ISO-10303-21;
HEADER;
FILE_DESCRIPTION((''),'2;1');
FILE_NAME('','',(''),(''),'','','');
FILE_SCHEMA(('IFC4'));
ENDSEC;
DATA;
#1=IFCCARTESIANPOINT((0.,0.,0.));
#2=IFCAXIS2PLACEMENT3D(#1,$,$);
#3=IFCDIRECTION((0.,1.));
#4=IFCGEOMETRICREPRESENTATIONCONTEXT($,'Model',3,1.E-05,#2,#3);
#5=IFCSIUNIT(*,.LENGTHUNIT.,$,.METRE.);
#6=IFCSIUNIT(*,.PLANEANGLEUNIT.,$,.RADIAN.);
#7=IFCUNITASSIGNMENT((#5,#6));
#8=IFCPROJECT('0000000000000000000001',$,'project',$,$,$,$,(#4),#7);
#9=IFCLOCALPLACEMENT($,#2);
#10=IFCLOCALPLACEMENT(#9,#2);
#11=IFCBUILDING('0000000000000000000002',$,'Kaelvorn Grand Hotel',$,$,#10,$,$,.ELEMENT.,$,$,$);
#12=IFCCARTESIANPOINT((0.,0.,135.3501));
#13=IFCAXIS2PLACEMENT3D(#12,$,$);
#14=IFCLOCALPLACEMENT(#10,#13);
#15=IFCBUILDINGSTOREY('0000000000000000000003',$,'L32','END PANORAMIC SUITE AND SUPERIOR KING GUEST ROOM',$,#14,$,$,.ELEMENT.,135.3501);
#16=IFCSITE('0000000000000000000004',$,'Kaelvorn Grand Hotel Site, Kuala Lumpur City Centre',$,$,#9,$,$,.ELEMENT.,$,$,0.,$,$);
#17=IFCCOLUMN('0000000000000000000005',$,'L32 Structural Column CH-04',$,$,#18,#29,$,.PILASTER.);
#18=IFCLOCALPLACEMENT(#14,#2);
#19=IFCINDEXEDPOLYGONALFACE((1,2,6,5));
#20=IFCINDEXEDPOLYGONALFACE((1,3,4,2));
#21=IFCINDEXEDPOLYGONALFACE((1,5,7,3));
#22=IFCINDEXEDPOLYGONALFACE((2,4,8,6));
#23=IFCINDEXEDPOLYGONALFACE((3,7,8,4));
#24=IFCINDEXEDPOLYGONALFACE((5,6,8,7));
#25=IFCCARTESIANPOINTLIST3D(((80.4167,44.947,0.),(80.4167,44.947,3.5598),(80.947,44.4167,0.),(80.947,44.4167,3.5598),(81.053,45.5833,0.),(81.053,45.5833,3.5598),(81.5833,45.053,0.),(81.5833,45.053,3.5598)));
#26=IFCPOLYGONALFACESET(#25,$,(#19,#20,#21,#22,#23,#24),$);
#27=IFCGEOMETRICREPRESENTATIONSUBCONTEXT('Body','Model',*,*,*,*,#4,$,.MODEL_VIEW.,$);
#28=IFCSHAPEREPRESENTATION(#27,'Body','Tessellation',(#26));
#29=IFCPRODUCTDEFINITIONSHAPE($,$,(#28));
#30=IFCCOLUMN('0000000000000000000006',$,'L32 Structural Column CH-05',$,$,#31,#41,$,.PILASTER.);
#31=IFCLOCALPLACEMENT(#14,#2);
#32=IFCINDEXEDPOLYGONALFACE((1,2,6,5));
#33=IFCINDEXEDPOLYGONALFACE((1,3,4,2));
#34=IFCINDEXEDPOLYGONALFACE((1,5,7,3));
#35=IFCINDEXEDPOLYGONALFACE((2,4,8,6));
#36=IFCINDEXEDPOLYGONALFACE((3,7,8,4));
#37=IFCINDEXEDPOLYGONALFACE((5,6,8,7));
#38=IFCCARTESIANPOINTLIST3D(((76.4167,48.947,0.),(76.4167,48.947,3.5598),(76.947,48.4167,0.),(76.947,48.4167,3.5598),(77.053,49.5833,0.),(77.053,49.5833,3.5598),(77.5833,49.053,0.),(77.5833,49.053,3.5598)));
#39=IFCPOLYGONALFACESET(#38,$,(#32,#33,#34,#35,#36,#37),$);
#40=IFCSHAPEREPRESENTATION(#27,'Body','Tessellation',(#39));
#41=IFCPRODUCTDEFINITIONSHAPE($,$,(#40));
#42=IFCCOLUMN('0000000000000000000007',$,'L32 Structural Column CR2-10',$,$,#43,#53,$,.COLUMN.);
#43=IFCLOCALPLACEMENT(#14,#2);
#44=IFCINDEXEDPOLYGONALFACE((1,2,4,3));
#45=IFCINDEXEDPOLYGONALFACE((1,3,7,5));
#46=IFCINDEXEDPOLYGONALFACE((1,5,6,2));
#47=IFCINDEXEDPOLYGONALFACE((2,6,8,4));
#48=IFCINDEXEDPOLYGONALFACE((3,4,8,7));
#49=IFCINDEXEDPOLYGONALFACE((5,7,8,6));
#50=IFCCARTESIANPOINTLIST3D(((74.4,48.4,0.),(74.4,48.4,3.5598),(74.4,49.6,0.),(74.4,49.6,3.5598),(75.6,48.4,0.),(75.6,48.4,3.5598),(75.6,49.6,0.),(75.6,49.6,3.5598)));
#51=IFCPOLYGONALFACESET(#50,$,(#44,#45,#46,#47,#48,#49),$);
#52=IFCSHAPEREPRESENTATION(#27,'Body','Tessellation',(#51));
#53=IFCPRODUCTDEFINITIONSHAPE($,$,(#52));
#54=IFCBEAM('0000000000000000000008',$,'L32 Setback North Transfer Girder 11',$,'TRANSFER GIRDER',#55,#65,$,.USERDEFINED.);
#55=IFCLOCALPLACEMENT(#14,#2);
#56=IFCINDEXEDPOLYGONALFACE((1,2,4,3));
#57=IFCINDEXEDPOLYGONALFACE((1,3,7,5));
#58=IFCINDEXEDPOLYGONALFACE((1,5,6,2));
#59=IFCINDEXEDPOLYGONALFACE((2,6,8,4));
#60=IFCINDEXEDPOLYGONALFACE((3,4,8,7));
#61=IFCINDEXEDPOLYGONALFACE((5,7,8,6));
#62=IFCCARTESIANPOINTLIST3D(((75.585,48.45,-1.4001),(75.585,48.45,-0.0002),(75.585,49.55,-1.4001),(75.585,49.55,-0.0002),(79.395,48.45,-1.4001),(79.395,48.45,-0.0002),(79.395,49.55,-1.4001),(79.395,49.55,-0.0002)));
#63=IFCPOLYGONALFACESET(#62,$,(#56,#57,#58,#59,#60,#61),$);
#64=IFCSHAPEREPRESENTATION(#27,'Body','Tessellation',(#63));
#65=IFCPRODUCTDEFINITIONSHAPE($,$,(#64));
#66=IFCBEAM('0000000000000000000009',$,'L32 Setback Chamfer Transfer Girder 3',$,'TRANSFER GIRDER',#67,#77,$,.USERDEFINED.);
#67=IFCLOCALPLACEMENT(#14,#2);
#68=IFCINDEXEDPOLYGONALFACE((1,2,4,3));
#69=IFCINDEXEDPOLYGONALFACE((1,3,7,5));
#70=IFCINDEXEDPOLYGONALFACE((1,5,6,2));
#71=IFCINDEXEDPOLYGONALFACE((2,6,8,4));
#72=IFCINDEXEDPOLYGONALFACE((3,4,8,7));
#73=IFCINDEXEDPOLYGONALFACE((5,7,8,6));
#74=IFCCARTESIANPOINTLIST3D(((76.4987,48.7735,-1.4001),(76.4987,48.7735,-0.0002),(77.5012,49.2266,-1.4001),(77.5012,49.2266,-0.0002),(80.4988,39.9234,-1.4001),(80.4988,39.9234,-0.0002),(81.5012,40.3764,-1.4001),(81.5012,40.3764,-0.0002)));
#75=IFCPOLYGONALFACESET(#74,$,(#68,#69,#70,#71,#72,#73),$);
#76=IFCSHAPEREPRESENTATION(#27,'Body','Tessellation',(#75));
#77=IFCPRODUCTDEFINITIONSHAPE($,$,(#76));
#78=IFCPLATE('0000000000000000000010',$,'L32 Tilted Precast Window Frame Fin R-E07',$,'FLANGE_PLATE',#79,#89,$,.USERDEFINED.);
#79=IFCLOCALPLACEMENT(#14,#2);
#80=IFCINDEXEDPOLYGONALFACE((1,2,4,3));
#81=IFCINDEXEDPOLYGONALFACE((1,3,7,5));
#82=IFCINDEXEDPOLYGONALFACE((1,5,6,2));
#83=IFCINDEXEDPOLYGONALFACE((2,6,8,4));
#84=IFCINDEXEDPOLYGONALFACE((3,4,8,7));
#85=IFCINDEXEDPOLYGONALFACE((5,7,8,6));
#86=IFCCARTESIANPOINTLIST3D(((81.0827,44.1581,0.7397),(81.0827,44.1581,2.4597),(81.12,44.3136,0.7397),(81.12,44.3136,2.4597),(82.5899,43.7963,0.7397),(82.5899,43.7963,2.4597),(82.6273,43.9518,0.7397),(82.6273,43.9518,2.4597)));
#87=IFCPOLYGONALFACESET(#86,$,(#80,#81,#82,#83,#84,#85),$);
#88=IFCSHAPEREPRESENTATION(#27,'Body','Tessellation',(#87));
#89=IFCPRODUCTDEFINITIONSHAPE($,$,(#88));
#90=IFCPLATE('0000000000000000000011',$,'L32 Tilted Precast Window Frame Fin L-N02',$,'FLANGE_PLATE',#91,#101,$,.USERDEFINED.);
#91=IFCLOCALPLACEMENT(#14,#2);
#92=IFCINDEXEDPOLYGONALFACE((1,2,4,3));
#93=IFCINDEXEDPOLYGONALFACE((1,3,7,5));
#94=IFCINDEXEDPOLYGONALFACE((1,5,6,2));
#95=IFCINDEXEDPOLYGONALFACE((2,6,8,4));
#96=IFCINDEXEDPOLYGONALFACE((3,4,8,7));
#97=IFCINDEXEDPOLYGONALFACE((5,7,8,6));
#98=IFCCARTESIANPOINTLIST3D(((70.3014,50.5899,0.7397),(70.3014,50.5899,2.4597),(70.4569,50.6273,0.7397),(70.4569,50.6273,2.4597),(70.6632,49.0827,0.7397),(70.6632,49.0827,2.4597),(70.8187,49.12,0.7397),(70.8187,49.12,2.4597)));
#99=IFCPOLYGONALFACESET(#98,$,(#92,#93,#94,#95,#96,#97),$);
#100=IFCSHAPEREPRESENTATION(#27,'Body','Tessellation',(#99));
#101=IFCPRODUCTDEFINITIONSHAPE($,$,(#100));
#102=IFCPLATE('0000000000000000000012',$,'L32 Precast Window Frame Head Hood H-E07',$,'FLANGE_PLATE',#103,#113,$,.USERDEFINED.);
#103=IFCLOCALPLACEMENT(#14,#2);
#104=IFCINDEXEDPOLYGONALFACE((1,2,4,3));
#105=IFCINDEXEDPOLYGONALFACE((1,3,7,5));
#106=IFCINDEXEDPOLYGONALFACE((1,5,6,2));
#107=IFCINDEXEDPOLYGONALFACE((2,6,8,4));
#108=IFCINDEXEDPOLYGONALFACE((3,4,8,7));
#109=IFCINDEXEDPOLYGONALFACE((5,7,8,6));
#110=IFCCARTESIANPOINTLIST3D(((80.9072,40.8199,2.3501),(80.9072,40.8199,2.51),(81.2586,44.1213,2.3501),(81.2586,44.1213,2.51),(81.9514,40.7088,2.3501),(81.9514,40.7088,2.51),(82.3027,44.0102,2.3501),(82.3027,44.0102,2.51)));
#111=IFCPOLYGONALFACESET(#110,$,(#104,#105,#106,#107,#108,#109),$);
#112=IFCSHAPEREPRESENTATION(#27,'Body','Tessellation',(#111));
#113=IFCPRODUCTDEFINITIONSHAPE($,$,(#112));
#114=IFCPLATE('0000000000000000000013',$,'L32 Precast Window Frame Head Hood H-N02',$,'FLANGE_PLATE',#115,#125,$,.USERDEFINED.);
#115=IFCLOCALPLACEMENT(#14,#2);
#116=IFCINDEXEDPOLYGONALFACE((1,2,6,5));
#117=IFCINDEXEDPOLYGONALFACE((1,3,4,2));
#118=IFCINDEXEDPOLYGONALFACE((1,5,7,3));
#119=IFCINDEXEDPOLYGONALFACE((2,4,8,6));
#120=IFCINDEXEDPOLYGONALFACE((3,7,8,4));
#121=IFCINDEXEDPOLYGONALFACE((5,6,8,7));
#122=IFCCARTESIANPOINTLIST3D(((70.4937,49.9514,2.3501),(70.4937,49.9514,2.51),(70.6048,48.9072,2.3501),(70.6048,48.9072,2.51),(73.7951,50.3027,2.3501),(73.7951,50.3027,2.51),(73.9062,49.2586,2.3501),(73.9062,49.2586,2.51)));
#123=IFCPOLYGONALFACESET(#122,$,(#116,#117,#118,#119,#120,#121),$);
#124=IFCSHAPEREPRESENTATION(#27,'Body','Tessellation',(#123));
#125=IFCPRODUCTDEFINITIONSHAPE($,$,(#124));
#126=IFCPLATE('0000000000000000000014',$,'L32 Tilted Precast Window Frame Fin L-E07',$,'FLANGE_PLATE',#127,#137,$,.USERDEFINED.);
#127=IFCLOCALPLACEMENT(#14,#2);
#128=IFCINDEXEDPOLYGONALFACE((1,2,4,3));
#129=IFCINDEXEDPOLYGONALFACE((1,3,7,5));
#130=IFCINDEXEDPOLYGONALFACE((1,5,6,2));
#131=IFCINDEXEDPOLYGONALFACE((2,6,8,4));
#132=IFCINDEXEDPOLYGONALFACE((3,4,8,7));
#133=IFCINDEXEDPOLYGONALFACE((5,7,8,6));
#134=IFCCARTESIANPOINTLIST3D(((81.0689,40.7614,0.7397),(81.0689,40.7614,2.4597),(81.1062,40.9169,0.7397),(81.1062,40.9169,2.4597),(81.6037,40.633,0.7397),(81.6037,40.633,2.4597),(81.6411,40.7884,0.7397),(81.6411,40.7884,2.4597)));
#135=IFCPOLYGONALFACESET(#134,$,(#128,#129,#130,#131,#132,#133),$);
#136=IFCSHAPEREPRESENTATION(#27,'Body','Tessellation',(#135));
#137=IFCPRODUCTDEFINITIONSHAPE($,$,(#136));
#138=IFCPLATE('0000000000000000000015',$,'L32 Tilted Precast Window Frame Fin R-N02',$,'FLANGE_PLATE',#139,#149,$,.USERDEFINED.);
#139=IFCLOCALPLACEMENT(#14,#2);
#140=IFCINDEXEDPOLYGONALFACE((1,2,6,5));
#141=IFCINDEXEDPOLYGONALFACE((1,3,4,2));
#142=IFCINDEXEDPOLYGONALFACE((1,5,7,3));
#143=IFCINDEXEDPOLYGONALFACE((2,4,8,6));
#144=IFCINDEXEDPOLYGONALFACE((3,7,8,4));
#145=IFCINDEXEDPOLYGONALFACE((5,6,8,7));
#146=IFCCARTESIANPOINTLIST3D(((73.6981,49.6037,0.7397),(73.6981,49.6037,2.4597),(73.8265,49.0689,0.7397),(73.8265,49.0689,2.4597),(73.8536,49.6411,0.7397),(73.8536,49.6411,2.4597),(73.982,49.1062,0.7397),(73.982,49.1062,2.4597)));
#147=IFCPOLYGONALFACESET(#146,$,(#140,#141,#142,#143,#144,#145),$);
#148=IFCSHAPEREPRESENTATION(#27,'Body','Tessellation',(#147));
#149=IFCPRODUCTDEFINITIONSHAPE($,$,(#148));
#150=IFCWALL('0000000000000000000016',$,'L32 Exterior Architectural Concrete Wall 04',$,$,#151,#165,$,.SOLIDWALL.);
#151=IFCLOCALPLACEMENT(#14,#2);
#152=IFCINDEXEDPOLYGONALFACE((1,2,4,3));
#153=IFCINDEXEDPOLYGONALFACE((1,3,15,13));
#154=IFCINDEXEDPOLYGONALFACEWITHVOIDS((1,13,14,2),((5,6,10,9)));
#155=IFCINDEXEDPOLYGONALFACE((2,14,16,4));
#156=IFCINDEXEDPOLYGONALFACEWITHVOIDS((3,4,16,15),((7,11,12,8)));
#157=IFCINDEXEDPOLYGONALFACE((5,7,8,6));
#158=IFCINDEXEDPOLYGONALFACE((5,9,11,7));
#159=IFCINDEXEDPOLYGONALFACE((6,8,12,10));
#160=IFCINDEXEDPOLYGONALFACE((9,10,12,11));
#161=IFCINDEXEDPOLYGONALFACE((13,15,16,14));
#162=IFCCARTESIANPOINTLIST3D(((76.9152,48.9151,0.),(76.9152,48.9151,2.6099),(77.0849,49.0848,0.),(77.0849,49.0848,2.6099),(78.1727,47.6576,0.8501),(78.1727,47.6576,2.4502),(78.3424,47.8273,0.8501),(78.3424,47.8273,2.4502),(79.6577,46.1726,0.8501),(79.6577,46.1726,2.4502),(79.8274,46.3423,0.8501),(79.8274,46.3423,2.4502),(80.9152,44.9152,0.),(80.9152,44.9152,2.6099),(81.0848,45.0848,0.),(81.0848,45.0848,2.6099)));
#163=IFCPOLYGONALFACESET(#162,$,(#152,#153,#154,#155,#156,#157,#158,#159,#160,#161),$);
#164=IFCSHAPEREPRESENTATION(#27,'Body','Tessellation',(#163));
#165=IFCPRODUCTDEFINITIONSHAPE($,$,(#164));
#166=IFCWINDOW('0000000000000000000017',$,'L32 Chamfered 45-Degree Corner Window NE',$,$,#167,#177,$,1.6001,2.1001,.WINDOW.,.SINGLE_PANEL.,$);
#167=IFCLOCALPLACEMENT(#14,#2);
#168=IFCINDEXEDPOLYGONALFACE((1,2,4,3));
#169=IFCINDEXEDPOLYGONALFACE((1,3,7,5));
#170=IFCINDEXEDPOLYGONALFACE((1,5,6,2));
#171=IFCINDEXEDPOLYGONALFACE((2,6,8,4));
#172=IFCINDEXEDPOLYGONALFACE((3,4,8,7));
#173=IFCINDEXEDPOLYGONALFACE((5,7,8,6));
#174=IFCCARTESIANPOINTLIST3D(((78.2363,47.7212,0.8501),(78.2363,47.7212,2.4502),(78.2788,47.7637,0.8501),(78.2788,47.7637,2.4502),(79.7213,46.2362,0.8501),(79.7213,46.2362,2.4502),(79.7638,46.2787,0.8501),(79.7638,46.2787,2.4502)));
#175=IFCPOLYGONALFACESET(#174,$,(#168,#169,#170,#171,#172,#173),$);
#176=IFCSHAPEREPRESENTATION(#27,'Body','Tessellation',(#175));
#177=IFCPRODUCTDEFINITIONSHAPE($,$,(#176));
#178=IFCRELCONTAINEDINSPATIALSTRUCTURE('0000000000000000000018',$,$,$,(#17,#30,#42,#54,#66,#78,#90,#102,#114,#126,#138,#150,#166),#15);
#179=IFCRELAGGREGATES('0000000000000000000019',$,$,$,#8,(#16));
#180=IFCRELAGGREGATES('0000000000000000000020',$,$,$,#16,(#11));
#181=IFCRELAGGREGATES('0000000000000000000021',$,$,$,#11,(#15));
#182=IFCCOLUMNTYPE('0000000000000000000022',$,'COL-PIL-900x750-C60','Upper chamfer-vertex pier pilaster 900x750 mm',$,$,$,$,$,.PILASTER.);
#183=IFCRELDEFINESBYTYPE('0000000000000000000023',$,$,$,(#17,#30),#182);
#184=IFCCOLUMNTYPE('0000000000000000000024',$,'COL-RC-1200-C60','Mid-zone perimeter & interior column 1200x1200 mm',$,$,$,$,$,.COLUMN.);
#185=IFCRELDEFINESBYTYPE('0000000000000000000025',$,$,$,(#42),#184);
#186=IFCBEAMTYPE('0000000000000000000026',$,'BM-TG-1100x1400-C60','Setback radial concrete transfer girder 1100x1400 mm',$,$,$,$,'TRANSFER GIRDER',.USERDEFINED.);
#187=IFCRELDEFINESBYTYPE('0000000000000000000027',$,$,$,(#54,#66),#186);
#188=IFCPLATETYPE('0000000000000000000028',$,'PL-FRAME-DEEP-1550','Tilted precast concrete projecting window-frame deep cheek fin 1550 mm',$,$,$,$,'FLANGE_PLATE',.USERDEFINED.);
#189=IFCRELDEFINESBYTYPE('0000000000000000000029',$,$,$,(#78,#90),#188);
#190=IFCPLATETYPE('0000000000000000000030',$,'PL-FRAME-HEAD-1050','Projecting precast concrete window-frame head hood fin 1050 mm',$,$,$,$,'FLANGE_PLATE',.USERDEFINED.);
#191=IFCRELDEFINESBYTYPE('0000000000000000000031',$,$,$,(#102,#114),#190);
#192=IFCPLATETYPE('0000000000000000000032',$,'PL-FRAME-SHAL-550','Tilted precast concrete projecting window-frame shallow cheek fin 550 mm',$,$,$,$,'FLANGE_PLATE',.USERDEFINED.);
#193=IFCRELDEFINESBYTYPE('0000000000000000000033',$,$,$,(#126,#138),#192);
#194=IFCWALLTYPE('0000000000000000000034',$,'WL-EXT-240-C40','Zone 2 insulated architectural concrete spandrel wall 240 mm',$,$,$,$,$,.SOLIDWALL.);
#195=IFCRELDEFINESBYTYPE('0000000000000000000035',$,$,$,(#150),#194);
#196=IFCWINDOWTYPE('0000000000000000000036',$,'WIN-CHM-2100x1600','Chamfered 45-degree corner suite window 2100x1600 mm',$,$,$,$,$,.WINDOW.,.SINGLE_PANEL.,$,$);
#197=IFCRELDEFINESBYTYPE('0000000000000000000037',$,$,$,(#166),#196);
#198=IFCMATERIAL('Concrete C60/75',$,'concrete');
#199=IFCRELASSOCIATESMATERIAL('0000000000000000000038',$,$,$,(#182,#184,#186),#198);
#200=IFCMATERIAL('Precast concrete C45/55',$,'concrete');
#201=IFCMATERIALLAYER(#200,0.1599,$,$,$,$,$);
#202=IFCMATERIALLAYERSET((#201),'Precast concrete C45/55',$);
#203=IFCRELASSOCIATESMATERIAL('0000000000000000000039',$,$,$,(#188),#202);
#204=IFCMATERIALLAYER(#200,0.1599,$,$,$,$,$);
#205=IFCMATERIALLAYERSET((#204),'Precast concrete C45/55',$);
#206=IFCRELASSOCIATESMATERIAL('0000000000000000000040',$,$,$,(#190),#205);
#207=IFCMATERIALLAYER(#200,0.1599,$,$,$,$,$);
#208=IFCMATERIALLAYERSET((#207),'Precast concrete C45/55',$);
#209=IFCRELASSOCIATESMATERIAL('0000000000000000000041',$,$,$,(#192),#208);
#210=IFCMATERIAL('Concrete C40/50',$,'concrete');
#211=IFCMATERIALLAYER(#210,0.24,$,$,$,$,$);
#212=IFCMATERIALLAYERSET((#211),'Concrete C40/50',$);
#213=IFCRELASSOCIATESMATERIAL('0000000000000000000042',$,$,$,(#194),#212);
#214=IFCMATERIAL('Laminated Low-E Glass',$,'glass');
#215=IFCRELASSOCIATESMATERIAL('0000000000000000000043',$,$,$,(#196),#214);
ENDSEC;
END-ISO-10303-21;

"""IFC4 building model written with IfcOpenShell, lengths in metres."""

from ifc_helpers import new_model, si_unit, direction, frame, frame_2d, origin, origin_2d, place, context, subcontext, project, spatial, rectangle, extrude, material, layer, layer_set, material_profile, profile_set, type_object, element, fill, save


model = new_model("IFC4")

# Units and contexts
model_context = context("Model", 3, precision=1e-05, world=origin(), true_north=direction((0.0, 1.0)))
body_context = subcontext(model_context, "Body", "Model", "MODEL_VIEW")
ifc_project = project(units=[si_unit("LENGTHUNIT", "METRE"), si_unit("PLANEANGLEUNIT", "RADIAN")], contexts=[model_context])

# Site, building, storey
site_placement = place(None, origin())
site = spatial("IfcSite", under=ifc_project, at=site_placement, Name="Kaelvorn Grand Hotel Site, Kuala Lumpur City Centre", CompositionType="ELEMENT", RefElevation=0.0)
building_placement = place(site_placement, origin())
building = spatial("IfcBuilding", under=site, at=building_placement, Name="Kaelvorn Grand Hotel", CompositionType="ELEMENT")
storey_placement = place(building_placement, frame((0.0, 0.0, 135.3501)))
storey = spatial("IfcBuildingStorey", under=building, at=storey_placement, Name="L32", Description="END PANORAMIC SUITE AND SUPERIOR KING GUEST ROOM", CompositionType="ELEMENT", Elevation=135.3501)

# Columns
ifc_material_1 = material(Name="Concrete C60/75", Category="concrete")
ifc_material_profile_1 = material_profile(ifc_material_1, rectangle(XDim=0.8999, YDim=0.75, at=origin_2d()), Name="RC PILASTER 900x750")
ifc_profile_set_1 = profile_set([ifc_material_profile_1], Name="Concrete C60/75")
column_type_1 = type_object("IfcColumnType", Name="COL-PIL-900x750-C60", Description="Upper chamfer-vertex pier pilaster 900x750 mm", PredefinedType="PILASTER", material=ifc_profile_set_1)
for number, where, z_axis, x_axis, name in (
    (1, (81.0, 45.0, 0.0), (0.0, 0.0, 1.0), (0.707107, 0.707107, 0.0), "L32 Structural Column CH-04"),
    (2, (77.0, 49.0, 0.0), (0.0, 0.0, 1.0), (0.707107, 0.707107, 0.0), "L32 Structural Column CH-05"),
):
    element("IfcColumn", number, at=place(storey_placement, frame(where, z_axis=z_axis, x_axis=x_axis)), inside=storey, type_object=column_type_1, Name=name, PredefinedType="PILASTER", context=body_context, shape_type="SweptSolid", body=[
        extrude(rectangle(XDim=0.8999, YDim=0.75, at=origin_2d()), origin(), (0.0, 0.0, 1.0), 3.5598),
    ])
ifc_material_profile_2 = material_profile(ifc_material_1, rectangle(XDim=1.2, YDim=1.2, at=origin_2d()), Name="RC COL 1200x1200")
ifc_profile_set_2 = profile_set([ifc_material_profile_2], Name="Concrete C60/75")
column_type_2 = type_object("IfcColumnType", Name="COL-RC-1200-C60", Description="Mid-zone perimeter & interior column 1200x1200 mm", PredefinedType="COLUMN", material=ifc_profile_set_2)
column_placement = place(storey_placement, frame((75.0, 49.0, 0.0), z_axis=(0.0, 0.0, 1.0), x_axis=(1.0, 0.0, 0.0)))
element("IfcColumn", 3, at=column_placement, inside=storey, type_object=column_type_2, Name="L32 Structural Column CR2-10", PredefinedType="COLUMN", context=body_context, shape_type="SweptSolid", body=[
    extrude(rectangle(XDim=1.2, YDim=1.2, at=origin_2d()), origin(), (0.0, 0.0, 1.0), 3.5598),
])

# Beams
ifc_material_profile_3 = material_profile(ifc_material_1, rectangle(XDim=1.1001, YDim=1.3999, at=origin_2d()), Name="RC TG 1100x1400")
ifc_profile_set_3 = profile_set([ifc_material_profile_3], Name="Concrete C60/75")
beam_type = type_object("IfcBeamType", Name="BM-TG-1100x1400-C60", Description="Setback radial concrete transfer girder 1100x1400 mm", ElementType="TRANSFER GIRDER", PredefinedType="USERDEFINED", material=ifc_profile_set_3)
beam_1_placement = place(storey_placement, frame((75.585, 49.0, -0.7002), z_axis=(1.0, 0.0, 0.0), x_axis=(0.0, 1.0, 0.0)))
element("IfcBeam", 4, at=beam_1_placement, inside=storey, type_object=beam_type, Name="L32 Setback North Transfer Girder 11", ObjectType="TRANSFER GIRDER", PredefinedType="USERDEFINED", context=body_context, shape_type="SweptSolid", body=[
    extrude(rectangle(XDim=1.1001, YDim=1.3999, at=origin_2d()), origin(), (0.0, 0.0, 1.0), 3.8101),
])
beam_2_placement = place(storey_placement, frame((81.0, 40.1499, -0.7002), z_axis=(-0.411859, 0.911248, 0.0), x_axis=(-0.911248, -0.411859, 0.0)))
element("IfcBeam", 5, at=beam_2_placement, inside=storey, type_object=beam_type, Name="L32 Setback Chamfer Transfer Girder 3", ObjectType="TRANSFER GIRDER", PredefinedType="USERDEFINED", context=body_context, shape_type="SweptSolid", body=[
    extrude(rectangle(XDim=1.1001, YDim=1.3999, at=origin_2d()), origin(), (0.0, 0.0, 1.0), 9.7122),
])

# Plates
ifc_material_2 = material(Name="Precast concrete C45/55", Category="concrete")
ifc_layer_1 = layer(ifc_material_2, 0.1599)
ifc_layer_set_1 = layer_set([ifc_layer_1], Name="Precast concrete C45/55")
plate_type_1 = type_object("IfcPlateType", Name="PL-FRAME-DEEP-1550", Description="Tilted precast concrete projecting window-frame deep cheek fin 1550 mm", ElementType="FLANGE_PLATE", PredefinedType="USERDEFINED", material=ifc_layer_set_1)
for number, where, z_axis, x_axis, name in (
    (6, (81.855, 44.0549, 0.7397), (0.0, 0.0, 1.0), (0.233445, 0.97237, 0.0), "L32 Tilted Precast Window Frame Fin R-E07"),
    (7, (70.5601, 49.855, 0.7397), (0.0, 0.0, 1.0), (0.97237, 0.233445, 0.0), "L32 Tilted Precast Window Frame Fin L-N02"),
):
    element("IfcPlate", number, at=place(storey_placement, frame(where, z_axis=z_axis, x_axis=x_axis)), inside=storey, type_object=plate_type_1, Name=name, ObjectType="FLANGE_PLATE", PredefinedType="USERDEFINED", context=body_context, shape_type="SweptSolid", body=[
        extrude(rectangle(XDim=0.1599, YDim=1.55, at=origin_2d()), origin(), (0.0, 0.0, 1.0), 1.72),
    ])
ifc_layer_2 = layer(ifc_material_2, 0.1599)
ifc_layer_set_2 = layer_set([ifc_layer_2], Name="Precast concrete C45/55")
plate_type_2 = type_object("IfcPlateType", Name="PL-FRAME-HEAD-1050", Description="Projecting precast concrete window-frame head hood fin 1050 mm", ElementType="FLANGE_PLATE", PredefinedType="USERDEFINED", material=ifc_layer_set_2)
for number, where, z_axis, x_axis, name in (
    (8, (81.605, 42.415, 2.3501), (0.0, 0.0, 1.0), (0.10583, 0.994384, 0.0), "L32 Precast Window Frame Head Hood H-E07"),
    (9, (72.2, 49.605, 2.3501), (0.0, 0.0, 1.0), (0.994384, 0.10583, 0.0), "L32 Precast Window Frame Head Hood H-N02"),
):
    element("IfcPlate", number, at=place(storey_placement, frame(where, z_axis=z_axis, x_axis=x_axis)), inside=storey, type_object=plate_type_2, Name=name, ObjectType="FLANGE_PLATE", PredefinedType="USERDEFINED", context=body_context, shape_type="SweptSolid", body=[
        extrude(rectangle(XDim=3.3201, YDim=1.05, at=origin_2d()), origin(), (0.0, 0.0, 1.0), 0.1599),
    ])
ifc_layer_3 = layer(ifc_material_2, 0.1599)
ifc_layer_set_3 = layer_set([ifc_layer_3], Name="Precast concrete C45/55")
plate_type_3 = type_object("IfcPlateType", Name="PL-FRAME-SHAL-550", Description="Tilted precast concrete projecting window-frame shallow cheek fin 550 mm", ElementType="FLANGE_PLATE", PredefinedType="USERDEFINED", material=ifc_layer_set_3)
for number, where, z_axis, x_axis, name in (
    (10, (81.355, 40.7749, 0.7397), (0.0, 0.0, 1.0), (0.233445, 0.97237, 0.0), "L32 Tilted Precast Window Frame Fin L-E07"),
    (11, (73.8401, 49.355, 0.7397), (0.0, 0.0, 1.0), (0.97237, 0.233445, 0.0), "L32 Tilted Precast Window Frame Fin R-N02"),
):
    element("IfcPlate", number, at=place(storey_placement, frame(where, z_axis=z_axis, x_axis=x_axis)), inside=storey, type_object=plate_type_3, Name=name, ObjectType="FLANGE_PLATE", PredefinedType="USERDEFINED", context=body_context, shape_type="SweptSolid", body=[
        extrude(rectangle(XDim=0.1599, YDim=0.55, at=origin_2d()), origin(), (0.0, 0.0, 1.0), 1.72),
    ])

# Wall, opening, window
ifc_material_3 = material(Name="Concrete C40/50", Category="concrete")
ifc_layer_4 = layer(ifc_material_3, 0.24)
ifc_layer_set_4 = layer_set([ifc_layer_4], Name="Concrete C40/50")
wall_type = type_object("IfcWallType", Name="WL-EXT-240-C40", Description="Zone 2 insulated architectural concrete spandrel wall 240 mm", PredefinedType="SOLIDWALL", material=ifc_layer_set_4)
wall_1_placement = place(storey_placement, frame((81.0, 45.0, 0.0), z_axis=(0.0, 0.0, 1.0), x_axis=(-0.707107, 0.707107, 0.0)))
wall_1 = element("IfcWall", 12, at=wall_1_placement, inside=storey, type_object=wall_type, Name="L32 Exterior Architectural Concrete Wall 04", PredefinedType="SOLIDWALL", context=body_context, shape_type="SweptSolid", body=[
    extrude(rectangle(XDim=5.6567, YDim=0.24, at=frame_2d((2.8284, 0.0))), origin(), (0.0, 0.0, 1.0), 2.6099),
])
opening_1_placement = place(wall_1_placement, frame((1.7783, 0.0, 0.8501)))
opening_1 = element("IfcOpeningElement", 13, at=opening_1_placement, cuts=wall_1, PredefinedType="OPENING", context=body_context, shape_type="SweptSolid", body=[
    extrude(rectangle(XDim=2.1001, YDim=1.6001, at=frame_2d((1.05, 0.8))), frame((0.0, 0.1299, 0.0), z_axis=(0.0, -1.0, 0.0), x_axis=(1.0, 0.0, 0.0)), (0.0, 0.0, 1.0), 0.26),
])
ifc_material_4 = material(Name="Laminated Low-E Glass", Category="glass")
window_type_1 = type_object("IfcWindowType", Name="WIN-CHM-2100x1600", Description="Chamfered 45-degree corner suite window 2100x1600 mm", PartitioningType="SINGLE_PANEL", PredefinedType="WINDOW", material=ifc_material_4)
window_1_placement = place(opening_1_placement, origin())
window_1 = element("IfcWindow", 14, at=window_1_placement, inside=storey, type_object=window_type_1, Name="L32 Chamfered 45-Degree Corner Window NE", OverallHeight=1.6001, OverallWidth=2.1001, PartitioningType="SINGLE_PANEL", PredefinedType="WINDOW", context=body_context, shape_type="SweptSolid", body=[
    extrude(rectangle(XDim=2.1001, YDim=1.6001, at=frame_2d((1.05, 0.8))), frame((0.0, 0.03, 0.0), z_axis=(0.0, -1.0, 0.0), x_axis=(1.0, 0.0, 0.0)), (0.0, 0.0, 1.0), 0.0601),
])
fill(opening_1, window_1)

save(model, "model.ifc")
